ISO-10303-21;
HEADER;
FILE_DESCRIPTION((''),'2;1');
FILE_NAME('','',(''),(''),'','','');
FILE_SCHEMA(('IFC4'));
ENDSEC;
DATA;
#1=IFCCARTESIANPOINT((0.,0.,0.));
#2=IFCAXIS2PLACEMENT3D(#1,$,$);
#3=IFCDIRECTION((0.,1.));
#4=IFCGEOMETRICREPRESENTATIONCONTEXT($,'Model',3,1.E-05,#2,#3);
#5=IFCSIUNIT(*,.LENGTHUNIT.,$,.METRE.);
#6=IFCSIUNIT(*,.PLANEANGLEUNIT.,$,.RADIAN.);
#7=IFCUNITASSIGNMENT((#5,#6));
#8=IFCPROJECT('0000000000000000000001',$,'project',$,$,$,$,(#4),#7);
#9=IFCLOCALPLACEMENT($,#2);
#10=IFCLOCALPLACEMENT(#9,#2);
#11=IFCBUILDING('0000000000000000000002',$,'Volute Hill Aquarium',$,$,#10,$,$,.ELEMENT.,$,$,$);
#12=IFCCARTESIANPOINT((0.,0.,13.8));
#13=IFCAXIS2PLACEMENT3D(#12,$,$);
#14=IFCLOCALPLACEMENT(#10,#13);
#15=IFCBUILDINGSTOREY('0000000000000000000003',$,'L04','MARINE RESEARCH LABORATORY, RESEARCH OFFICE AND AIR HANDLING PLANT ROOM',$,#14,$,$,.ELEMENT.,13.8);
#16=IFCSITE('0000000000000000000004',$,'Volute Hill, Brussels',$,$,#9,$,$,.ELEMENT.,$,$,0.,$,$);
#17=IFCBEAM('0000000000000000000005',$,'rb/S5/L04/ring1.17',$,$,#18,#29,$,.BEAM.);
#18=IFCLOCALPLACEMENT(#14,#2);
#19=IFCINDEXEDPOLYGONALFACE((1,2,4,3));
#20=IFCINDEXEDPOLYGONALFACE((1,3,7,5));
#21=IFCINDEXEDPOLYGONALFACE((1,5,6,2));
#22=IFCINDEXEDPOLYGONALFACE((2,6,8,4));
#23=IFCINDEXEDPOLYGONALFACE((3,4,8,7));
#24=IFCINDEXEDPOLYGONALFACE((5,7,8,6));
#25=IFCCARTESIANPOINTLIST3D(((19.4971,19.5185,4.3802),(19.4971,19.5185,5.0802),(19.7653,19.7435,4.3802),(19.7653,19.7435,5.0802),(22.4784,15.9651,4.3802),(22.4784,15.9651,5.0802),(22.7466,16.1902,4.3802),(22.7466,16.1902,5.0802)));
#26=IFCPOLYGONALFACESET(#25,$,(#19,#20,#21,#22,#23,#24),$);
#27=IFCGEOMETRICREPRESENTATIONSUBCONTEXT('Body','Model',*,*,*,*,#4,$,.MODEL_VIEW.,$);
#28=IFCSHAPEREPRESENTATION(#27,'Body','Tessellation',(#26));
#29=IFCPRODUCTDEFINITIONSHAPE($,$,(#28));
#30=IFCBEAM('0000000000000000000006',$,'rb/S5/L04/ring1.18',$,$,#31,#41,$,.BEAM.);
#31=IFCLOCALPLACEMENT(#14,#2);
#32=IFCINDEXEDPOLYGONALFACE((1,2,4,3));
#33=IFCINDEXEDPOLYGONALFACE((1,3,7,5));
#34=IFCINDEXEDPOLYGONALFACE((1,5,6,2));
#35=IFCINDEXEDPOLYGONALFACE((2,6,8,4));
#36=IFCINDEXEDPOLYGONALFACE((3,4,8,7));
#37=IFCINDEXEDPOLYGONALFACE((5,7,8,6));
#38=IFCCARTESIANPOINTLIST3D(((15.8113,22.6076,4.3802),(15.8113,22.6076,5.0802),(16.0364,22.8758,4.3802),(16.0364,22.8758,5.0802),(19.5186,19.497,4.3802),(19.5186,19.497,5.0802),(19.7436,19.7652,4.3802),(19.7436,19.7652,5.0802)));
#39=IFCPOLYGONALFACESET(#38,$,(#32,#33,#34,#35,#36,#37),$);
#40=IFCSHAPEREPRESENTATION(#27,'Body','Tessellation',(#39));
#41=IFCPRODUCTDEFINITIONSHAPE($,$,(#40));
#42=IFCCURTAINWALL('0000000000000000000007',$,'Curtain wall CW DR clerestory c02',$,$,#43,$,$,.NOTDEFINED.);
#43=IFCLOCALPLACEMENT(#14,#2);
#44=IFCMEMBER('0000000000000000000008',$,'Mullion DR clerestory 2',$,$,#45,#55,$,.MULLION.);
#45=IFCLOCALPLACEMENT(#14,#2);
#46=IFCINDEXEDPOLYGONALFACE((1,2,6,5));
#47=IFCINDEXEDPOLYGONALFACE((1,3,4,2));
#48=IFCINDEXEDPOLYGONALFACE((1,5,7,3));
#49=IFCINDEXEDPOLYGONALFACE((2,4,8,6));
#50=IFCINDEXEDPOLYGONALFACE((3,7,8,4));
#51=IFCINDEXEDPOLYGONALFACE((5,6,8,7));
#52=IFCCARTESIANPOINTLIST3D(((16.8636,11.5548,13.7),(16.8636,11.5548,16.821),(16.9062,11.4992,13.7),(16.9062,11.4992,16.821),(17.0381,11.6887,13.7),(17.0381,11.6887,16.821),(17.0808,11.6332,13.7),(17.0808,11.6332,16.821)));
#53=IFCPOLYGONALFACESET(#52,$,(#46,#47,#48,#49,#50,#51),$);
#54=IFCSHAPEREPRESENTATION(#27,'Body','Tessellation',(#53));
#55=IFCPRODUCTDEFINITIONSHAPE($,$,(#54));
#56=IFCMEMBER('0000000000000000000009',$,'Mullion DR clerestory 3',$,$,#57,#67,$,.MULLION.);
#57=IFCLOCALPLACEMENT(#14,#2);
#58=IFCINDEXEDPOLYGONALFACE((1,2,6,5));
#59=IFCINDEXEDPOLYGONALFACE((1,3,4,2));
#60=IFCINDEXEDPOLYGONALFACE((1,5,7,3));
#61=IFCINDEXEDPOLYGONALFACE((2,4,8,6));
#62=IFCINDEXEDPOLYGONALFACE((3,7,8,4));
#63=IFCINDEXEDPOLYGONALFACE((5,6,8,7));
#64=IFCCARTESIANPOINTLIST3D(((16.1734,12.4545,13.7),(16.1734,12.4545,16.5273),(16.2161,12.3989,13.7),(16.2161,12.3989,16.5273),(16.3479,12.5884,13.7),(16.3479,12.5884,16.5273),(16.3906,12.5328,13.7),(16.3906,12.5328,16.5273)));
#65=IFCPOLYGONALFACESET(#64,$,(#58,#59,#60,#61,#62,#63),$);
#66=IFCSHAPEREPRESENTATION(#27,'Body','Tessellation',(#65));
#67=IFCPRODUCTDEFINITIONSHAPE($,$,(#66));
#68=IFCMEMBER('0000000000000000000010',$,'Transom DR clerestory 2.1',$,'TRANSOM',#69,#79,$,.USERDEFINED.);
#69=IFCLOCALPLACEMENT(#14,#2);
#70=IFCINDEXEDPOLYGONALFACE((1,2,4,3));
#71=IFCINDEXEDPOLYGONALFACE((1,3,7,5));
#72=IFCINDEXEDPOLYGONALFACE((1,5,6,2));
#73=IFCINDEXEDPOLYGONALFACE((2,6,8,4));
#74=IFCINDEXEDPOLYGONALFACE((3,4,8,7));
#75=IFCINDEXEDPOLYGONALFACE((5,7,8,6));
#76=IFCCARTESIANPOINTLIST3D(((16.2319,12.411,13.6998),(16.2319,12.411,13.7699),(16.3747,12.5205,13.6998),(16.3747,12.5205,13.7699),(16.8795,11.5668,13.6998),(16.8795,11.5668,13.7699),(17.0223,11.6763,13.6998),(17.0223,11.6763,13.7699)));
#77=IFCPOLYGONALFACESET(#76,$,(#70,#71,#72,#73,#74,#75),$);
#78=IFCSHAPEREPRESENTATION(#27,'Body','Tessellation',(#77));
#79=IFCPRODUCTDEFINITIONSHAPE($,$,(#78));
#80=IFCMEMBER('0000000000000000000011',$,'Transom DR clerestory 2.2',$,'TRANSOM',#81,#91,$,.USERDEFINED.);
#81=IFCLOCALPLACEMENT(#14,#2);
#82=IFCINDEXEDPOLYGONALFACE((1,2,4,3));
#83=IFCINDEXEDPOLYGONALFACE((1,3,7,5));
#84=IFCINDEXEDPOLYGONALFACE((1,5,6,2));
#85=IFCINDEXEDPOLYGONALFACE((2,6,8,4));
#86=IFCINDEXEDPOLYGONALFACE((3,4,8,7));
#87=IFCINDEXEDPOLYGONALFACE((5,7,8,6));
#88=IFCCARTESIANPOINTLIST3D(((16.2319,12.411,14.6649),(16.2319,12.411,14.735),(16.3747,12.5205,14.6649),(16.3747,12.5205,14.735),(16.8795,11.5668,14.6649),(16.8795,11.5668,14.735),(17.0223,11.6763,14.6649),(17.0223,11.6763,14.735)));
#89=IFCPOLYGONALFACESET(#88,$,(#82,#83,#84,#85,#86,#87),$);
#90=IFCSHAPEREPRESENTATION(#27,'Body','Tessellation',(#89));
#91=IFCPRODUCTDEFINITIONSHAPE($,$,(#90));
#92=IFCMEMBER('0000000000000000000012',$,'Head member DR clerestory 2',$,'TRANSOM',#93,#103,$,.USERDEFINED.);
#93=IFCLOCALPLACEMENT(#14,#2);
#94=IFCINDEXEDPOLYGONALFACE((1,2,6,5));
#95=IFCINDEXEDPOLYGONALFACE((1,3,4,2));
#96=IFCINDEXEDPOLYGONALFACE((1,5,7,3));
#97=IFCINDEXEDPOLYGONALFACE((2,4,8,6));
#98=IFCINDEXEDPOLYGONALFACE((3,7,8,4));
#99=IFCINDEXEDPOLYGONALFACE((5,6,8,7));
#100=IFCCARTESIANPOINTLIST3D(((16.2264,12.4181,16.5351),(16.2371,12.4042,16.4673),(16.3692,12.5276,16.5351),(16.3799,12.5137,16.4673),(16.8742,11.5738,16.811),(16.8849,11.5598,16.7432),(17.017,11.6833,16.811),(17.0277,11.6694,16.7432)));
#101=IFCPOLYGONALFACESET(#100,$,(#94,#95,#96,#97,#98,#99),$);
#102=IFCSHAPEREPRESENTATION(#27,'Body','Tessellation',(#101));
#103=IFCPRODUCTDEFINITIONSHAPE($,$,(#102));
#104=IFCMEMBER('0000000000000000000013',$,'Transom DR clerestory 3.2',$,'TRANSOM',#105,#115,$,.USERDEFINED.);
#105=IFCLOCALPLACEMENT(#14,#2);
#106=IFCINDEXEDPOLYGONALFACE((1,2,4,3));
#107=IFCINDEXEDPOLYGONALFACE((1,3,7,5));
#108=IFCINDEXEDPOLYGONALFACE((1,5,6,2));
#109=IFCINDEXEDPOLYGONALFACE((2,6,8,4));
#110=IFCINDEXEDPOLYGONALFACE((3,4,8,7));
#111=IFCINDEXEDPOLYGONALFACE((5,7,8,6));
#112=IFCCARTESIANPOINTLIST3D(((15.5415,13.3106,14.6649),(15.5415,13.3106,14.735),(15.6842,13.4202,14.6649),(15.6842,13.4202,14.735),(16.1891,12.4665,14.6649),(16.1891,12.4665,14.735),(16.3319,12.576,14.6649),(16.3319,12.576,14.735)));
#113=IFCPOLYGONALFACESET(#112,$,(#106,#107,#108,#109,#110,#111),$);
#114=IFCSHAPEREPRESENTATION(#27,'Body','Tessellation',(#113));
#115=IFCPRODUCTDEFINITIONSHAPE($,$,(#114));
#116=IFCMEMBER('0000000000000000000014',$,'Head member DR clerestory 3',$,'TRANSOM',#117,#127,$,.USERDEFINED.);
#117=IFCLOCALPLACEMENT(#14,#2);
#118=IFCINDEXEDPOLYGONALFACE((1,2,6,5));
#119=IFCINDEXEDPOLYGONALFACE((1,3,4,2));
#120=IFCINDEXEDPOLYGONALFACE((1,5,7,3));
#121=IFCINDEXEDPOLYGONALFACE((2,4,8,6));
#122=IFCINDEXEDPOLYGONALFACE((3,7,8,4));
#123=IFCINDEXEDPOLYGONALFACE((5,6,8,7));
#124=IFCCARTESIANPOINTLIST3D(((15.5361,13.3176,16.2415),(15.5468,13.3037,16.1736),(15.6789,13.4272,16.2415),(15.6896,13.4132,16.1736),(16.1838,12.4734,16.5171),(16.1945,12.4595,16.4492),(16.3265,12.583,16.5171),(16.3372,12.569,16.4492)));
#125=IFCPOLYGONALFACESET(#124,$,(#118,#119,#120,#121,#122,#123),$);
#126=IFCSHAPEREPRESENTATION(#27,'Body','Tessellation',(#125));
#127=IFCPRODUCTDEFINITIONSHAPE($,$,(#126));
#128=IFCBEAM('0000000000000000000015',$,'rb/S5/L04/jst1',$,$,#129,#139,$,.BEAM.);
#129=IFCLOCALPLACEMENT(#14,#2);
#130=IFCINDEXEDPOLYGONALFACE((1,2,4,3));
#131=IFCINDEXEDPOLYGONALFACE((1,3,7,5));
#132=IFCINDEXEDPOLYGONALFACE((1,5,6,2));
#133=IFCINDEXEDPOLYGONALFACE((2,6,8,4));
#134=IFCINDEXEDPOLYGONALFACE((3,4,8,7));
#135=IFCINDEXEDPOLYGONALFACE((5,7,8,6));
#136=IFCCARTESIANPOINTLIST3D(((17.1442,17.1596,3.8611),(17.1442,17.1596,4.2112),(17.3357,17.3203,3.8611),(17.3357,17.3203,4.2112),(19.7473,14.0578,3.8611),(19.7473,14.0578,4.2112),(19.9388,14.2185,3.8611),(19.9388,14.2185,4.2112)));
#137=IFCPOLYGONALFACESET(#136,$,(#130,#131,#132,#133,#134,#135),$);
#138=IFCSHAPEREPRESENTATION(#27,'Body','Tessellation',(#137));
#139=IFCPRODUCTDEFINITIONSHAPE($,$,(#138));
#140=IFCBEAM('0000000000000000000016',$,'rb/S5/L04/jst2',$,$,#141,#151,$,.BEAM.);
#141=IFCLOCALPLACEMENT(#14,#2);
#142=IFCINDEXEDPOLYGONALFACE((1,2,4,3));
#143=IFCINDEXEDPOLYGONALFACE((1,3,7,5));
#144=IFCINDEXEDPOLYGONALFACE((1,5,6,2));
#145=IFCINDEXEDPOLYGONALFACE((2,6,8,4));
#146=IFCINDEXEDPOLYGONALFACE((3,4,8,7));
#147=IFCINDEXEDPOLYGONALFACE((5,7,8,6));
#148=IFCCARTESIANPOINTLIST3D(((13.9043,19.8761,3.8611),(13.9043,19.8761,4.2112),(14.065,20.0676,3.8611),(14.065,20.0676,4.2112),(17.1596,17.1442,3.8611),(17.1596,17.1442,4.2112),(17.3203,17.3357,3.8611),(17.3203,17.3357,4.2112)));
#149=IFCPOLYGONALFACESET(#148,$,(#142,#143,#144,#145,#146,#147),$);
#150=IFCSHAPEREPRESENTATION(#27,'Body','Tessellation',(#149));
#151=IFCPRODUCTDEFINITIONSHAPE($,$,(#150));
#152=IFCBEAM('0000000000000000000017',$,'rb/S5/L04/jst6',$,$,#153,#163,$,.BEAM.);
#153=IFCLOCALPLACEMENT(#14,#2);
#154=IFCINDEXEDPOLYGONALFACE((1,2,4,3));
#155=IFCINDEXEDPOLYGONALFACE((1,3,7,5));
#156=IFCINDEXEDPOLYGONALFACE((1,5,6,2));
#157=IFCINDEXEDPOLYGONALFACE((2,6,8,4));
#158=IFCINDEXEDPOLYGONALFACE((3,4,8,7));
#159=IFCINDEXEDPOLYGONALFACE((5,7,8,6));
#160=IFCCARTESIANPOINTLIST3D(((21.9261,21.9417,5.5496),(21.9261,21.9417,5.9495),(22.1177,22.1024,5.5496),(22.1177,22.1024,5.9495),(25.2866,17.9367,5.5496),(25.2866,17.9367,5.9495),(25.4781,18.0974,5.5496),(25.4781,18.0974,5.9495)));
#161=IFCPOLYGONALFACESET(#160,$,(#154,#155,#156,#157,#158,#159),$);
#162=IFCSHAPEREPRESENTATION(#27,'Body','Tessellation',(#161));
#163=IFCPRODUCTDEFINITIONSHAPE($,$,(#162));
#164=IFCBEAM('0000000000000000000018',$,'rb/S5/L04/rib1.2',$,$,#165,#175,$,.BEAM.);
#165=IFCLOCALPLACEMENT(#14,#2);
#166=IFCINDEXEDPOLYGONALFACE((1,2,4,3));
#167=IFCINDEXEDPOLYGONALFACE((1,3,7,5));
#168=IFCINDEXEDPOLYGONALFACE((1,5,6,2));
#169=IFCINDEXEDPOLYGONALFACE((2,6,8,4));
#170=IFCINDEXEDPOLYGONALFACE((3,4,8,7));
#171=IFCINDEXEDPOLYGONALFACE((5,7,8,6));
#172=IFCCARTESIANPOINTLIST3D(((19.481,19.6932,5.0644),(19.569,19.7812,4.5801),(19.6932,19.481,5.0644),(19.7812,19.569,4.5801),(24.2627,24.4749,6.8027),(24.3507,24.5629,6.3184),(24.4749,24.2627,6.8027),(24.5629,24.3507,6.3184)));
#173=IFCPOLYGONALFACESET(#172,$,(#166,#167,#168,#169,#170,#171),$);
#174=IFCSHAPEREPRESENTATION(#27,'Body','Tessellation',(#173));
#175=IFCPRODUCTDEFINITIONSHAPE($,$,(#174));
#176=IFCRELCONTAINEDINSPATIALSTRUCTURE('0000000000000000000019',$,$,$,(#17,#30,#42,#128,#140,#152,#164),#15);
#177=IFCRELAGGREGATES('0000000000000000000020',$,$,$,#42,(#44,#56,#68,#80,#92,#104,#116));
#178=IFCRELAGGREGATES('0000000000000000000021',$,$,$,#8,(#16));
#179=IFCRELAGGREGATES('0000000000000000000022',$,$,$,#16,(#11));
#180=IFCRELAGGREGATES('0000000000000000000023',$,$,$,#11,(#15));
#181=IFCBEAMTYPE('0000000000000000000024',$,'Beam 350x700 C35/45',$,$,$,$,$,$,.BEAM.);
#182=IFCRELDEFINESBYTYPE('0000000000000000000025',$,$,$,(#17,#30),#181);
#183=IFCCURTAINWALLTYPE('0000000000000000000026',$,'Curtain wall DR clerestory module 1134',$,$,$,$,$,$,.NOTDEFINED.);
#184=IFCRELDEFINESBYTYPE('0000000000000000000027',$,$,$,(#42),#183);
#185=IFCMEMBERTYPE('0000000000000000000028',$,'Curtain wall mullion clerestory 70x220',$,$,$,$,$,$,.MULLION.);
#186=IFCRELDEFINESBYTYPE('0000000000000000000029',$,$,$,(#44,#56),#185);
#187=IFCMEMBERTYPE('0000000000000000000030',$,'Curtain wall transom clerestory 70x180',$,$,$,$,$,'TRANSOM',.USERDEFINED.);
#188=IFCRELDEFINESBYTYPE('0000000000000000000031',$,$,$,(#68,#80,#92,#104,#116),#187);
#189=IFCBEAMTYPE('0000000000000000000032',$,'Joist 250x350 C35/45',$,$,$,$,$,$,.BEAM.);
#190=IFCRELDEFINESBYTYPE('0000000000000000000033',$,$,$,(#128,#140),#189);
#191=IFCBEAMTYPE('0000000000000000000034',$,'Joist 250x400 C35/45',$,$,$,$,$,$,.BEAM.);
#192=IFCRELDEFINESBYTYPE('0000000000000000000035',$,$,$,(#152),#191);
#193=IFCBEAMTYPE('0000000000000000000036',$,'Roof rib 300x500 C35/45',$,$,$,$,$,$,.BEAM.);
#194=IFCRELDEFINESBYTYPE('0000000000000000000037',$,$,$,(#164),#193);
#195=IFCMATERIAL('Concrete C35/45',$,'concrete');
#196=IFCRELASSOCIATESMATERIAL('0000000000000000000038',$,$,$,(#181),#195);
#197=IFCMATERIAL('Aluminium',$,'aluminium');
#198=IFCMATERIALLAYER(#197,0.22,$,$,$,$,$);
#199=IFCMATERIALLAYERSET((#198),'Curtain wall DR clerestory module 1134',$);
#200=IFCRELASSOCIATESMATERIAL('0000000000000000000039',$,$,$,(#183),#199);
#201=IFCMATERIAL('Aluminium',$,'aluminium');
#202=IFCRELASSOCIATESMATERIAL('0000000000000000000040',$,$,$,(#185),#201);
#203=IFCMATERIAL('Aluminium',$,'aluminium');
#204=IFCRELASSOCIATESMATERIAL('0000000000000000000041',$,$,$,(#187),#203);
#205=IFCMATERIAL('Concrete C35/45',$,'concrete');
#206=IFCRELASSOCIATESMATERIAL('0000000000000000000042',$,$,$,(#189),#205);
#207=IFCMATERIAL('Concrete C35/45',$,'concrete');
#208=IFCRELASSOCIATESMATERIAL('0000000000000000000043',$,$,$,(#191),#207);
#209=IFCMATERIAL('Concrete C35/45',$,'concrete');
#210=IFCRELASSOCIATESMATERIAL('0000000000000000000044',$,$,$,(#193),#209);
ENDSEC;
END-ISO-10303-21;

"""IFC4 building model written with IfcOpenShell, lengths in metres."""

from ifc_helpers import new_model, si_unit, direction, frame, origin, origin_2d, place, context, subcontext, project, spatial, rectangle, extrude, material, layer, layer_set, material_profile, profile_set, type_object, element, aggregate, save


model = new_model("IFC4")

# Units and contexts
model_context = context("Model", 3, precision=1e-05, world=origin(), true_north=direction((0.0, 1.0)))
body_context = subcontext(model_context, "Body", "Model", "MODEL_VIEW")
ifc_project = project(units=[si_unit("LENGTHUNIT", "METRE"), si_unit("PLANEANGLEUNIT", "RADIAN")], contexts=[model_context])

# Site, building, storey
site_placement = place(None, origin())
site = spatial("IfcSite", under=ifc_project, at=site_placement, Name="Volute Hill, Brussels", CompositionType="ELEMENT", RefElevation=0.0)
building_placement = place(site_placement, origin())
building = spatial("IfcBuilding", under=site, at=building_placement, Name="Volute Hill Aquarium", CompositionType="ELEMENT")
storey_placement = place(building_placement, frame((0.0, 0.0, 13.8)))
storey = spatial("IfcBuildingStorey", under=building, at=storey_placement, Name="L04", Description="MARINE RESEARCH LABORATORY, RESEARCH OFFICE AND AIR HANDLING PLANT ROOM", CompositionType="ELEMENT", Elevation=13.8)

# Beams
ifc_material_1 = material(Name="Concrete C35/45", Category="concrete")
ifc_material_profile_1 = material_profile(ifc_material_1, rectangle(XDim=0.3501, YDim=0.7, at=origin_2d()), Name="RC beam 350x700")
ifc_profile_set_1 = profile_set([ifc_material_profile_1], Name="Concrete C35/45")
beam_type_1 = type_object("IfcBeamType", Name="Beam 350x700 C35/45", PredefinedType="BEAM", material=ifc_profile_set_1)
beam_1_placement = place(storey_placement, frame((22.6125, 16.0776, 4.7302), z_axis=(-0.642754, 0.766073, 0.0), x_axis=(-0.766073, -0.642754, 0.0)))
element("IfcBeam", 1, at=beam_1_placement, inside=storey, type_object=beam_type_1, Name="rb/S5/L04/ring1.17", PredefinedType="BEAM", context=body_context, shape_type="SweptSolid", body=[
    extrude(rectangle(XDim=0.3501, YDim=0.7, at=origin_2d()), origin(), (0.0, 0.0, 1.0), 4.6384),
])
beam_2_placement = place(storey_placement, frame((19.6311, 19.6311, 4.7302), z_axis=(-0.766063, 0.642766, 0.0), x_axis=(-0.642766, -0.766063, 0.0)))
element("IfcBeam", 2, at=beam_2_placement, inside=storey, type_object=beam_type_1, Name="rb/S5/L04/ring1.18", PredefinedType="BEAM", context=body_context, shape_type="SweptSolid", body=[
    extrude(rectangle(XDim=0.3501, YDim=0.7, at=origin_2d()), origin(), (0.0, 0.0, 1.0), 4.8394),
])

# Curtain wall, members
ifc_material_2 = material(Name="Aluminium", Category="aluminium")
ifc_layer_1 = layer(ifc_material_2, 0.22)
ifc_layer_set_1 = layer_set([ifc_layer_1], Name="Curtain wall DR clerestory module 1134")
curtain_wall_type = type_object("IfcCurtainWallType", Name="Curtain wall DR clerestory module 1134", PredefinedType="NOTDEFINED", material=ifc_layer_set_1)
curtain_wall_placement = place(storey_placement, origin())
curtain_wall = element("IfcCurtainWall", 3, at=curtain_wall_placement, inside=storey, type_object=curtain_wall_type, Name="Curtain wall CW DR clerestory c02", PredefinedType="NOTDEFINED")
ifc_material_3 = material(Name="Aluminium", Category="aluminium")
ifc_material_profile_2 = material_profile(ifc_material_3, rectangle(XDim=0.22, YDim=0.0701, at=origin_2d()), Name="Curtain wall mullion clerestory 70x220")
ifc_profile_set_2 = profile_set([ifc_material_profile_2], Name="Aluminium")
member_type_1 = type_object("IfcMemberType", Name="Curtain wall mullion clerestory 70x220", PredefinedType="MULLION", material=ifc_profile_set_2)
member_1_placement = place(storey_placement, frame((16.9722, 11.594, 13.7), z_axis=(0.0, 0.0, 1.0), x_axis=(-0.793354, -0.608761, 0.0)))
member_1 = element("IfcMember", 4, at=member_1_placement, type_object=member_type_1, Name="Mullion DR clerestory 2", PredefinedType="MULLION", context=body_context, shape_type="SweptSolid", body=[
    extrude(rectangle(XDim=0.22, YDim=0.0701, at=origin_2d()), origin(), (0.0, 0.0, 1.0), 3.1211),
])
member_2_placement = place(storey_placement, frame((16.282, 12.4937, 13.7), z_axis=(0.0, 0.0, 1.0), x_axis=(-0.793354, -0.608761, 0.0)))
member_2 = element("IfcMember", 5, at=member_2_placement, type_object=member_type_1, Name="Mullion DR clerestory 3", PredefinedType="MULLION", context=body_context, shape_type="SweptSolid", body=[
    extrude(rectangle(XDim=0.22, YDim=0.0701, at=origin_2d()), origin(), (0.0, 0.0, 1.0), 2.8274),
])
ifc_material_4 = material(Name="Aluminium", Category="aluminium")
ifc_material_profile_3 = material_profile(ifc_material_4, rectangle(XDim=0.1799, YDim=0.0701, at=origin_2d()), Name="Curtain wall transom clerestory 70x180")
ifc_profile_set_3 = profile_set([ifc_material_profile_3], Name="Aluminium")
member_type_2 = type_object("IfcMemberType", Name="Curtain wall transom clerestory 70x180", ElementType="TRANSOM", PredefinedType="USERDEFINED", material=ifc_profile_set_3)
member_3_placement = place(storey_placement, frame((16.9509, 11.6216, 13.7349), z_axis=(-0.608701, 0.7934, 0.0), x_axis=(-0.7934, -0.608701, 0.0)))
member_3 = element("IfcMember", 6, at=member_3_placement, type_object=member_type_2, Name="Transom DR clerestory 2.1", ObjectType="TRANSOM", PredefinedType="USERDEFINED", context=body_context, shape_type="SweptSolid", body=[
    extrude(rectangle(XDim=0.1799, YDim=0.0701, at=origin_2d()), origin(), (0.0, 0.0, 1.0), 1.064),
])
member_4_placement = place(storey_placement, frame((16.9509, 11.6216, 14.7), z_axis=(-0.608701, 0.7934, 0.0), x_axis=(-0.7934, -0.608701, 0.0)))
member_4 = element("IfcMember", 7, at=member_4_placement, type_object=member_type_2, Name="Transom DR clerestory 2.2", ObjectType="TRANSOM", PredefinedType="USERDEFINED", context=body_context, shape_type="SweptSolid", body=[
    extrude(rectangle(XDim=0.1799, YDim=0.0701, at=origin_2d()), origin(), (0.0, 0.0, 1.0), 1.064),
])
member_5_placement = place(storey_placement, frame((16.9509, 11.6216, 16.7771), z_axis=(-0.58922, 0.768007, -0.250968), x_axis=(-0.7934, -0.608701, 0.0)))
member_5 = element("IfcMember", 8, at=member_5_placement, type_object=member_type_2, Name="Head member DR clerestory 2", ObjectType="TRANSOM", PredefinedType="USERDEFINED", context=body_context, shape_type="SweptSolid", body=[
    extrude(rectangle(XDim=0.1799, YDim=0.0701, at=origin_2d()), origin(), (0.0, 0.0, 1.0), 1.0994),
])
member_6_placement = place(storey_placement, frame((16.2605, 12.5212, 14.7), z_axis=(-0.608701, 0.7934, 0.0), x_axis=(-0.7934, -0.608701, 0.0)))
member_6 = element("IfcMember", 9, at=member_6_placement, type_object=member_type_2, Name="Transom DR clerestory 3.2", ObjectType="TRANSOM", PredefinedType="USERDEFINED", context=body_context, shape_type="SweptSolid", body=[
    extrude(rectangle(XDim=0.1799, YDim=0.0701, at=origin_2d()), origin(), (0.0, 0.0, 1.0), 1.064),
])
member_7_placement = place(storey_placement, frame((16.2605, 12.5212, 16.4832), z_axis=(-0.589253, 0.76805, -0.25076), x_axis=(-0.7934, -0.608701, 0.0)))
member_7 = element("IfcMember", 10, at=member_7_placement, type_object=member_type_2, Name="Head member DR clerestory 3", ObjectType="TRANSOM", PredefinedType="USERDEFINED", context=body_context, shape_type="SweptSolid", body=[
    extrude(rectangle(XDim=0.1799, YDim=0.0701, at=origin_2d()), origin(), (0.0, 0.0, 1.0), 1.0991),
])

# Beams
ifc_material_5 = material(Name="Concrete C35/45", Category="concrete")
ifc_material_profile_4 = material_profile(ifc_material_5, rectangle(XDim=0.25, YDim=0.3501, at=origin_2d()), Name="RC joist 250x350")
ifc_profile_set_4 = profile_set([ifc_material_profile_4], Name="Concrete C35/45")
beam_type_2 = type_object("IfcBeamType", Name="Joist 250x350 C35/45", PredefinedType="BEAM", material=ifc_profile_set_4)
beam_3_placement = place(storey_placement, frame((19.843, 14.1382, 4.0361), z_axis=(-0.642831, 0.766008, 0.0), x_axis=(-0.766008, -0.642831, 0.0)))
element("IfcBeam", 11, at=beam_3_placement, inside=storey, type_object=beam_type_2, Name="rb/S5/L04/jst1", PredefinedType="BEAM", context=body_context, shape_type="SweptSolid", body=[
    extrude(rectangle(XDim=0.25, YDim=0.3501, at=origin_2d()), origin(), (0.0, 0.0, 1.0), 4.0493),
])
beam_4_placement = place(storey_placement, frame((17.24, 17.24, 4.0361), z_axis=(-0.766004, 0.642836, 0.0), x_axis=(-0.642836, -0.766004, 0.0)))
element("IfcBeam", 12, at=beam_4_placement, inside=storey, type_object=beam_type_2, Name="rb/S5/L04/jst2", PredefinedType="BEAM", context=body_context, shape_type="SweptSolid", body=[
    extrude(rectangle(XDim=0.25, YDim=0.3501, at=origin_2d()), origin(), (0.0, 0.0, 1.0), 4.2498),
])
ifc_material_6 = material(Name="Concrete C35/45", Category="concrete")
ifc_material_profile_5 = material_profile(ifc_material_6, rectangle(XDim=0.25, YDim=0.3999, at=origin_2d()), Name="RC joist 250x400")
ifc_profile_set_5 = profile_set([ifc_material_profile_5], Name="Concrete C35/45")
beam_type_3 = type_object("IfcBeamType", Name="Joist 250x400 C35/45", PredefinedType="BEAM", material=ifc_profile_set_5)
beam_5_placement = place(storey_placement, frame((25.3823, 18.0171, 5.7495), z_axis=(-0.642771, 0.766058, 0.0), x_axis=(-0.766058, -0.642771, 0.0)))
element("IfcBeam", 13, at=beam_5_placement, inside=storey, type_object=beam_type_3, Name="rb/S5/L04/jst6", PredefinedType="BEAM", context=body_context, shape_type="SweptSolid", body=[
    extrude(rectangle(XDim=0.25, YDim=0.3999, at=origin_2d()), origin(), (0.0, 0.0, 1.0), 5.228),
])
ifc_material_7 = material(Name="Concrete C35/45", Category="concrete")
ifc_material_profile_6 = material_profile(ifc_material_7, rectangle(XDim=0.3, YDim=0.5, at=origin_2d()), Name="RC rib 300x500")
ifc_profile_set_6 = profile_set([ifc_material_profile_6], Name="Concrete C35/45")
beam_type_4 = type_object("IfcBeamType", Name="Roof rib 300x500 C35/45", PredefinedType="BEAM", material=ifc_profile_set_6)
beam_6_placement = place(storey_placement, frame((19.6311, 19.6311, 4.8223), z_axis=(0.684843, 0.684843, 0.248958), x_axis=(-0.707107, 0.707107, 0.0)))
element("IfcBeam", 14, at=beam_6_placement, inside=storey, type_object=beam_type_4, Name="rb/S5/L04/rib1.2", PredefinedType="BEAM", context=body_context, shape_type="SweptSolid", body=[
    extrude(rectangle(XDim=0.3, YDim=0.5, at=origin_2d()), origin(), (0.0, 0.0, 1.0), 6.9822),
])

aggregate(curtain_wall, [member_1, member_2, member_3, member_4, member_5, member_6, member_7])

save(model, "model.ifc")
